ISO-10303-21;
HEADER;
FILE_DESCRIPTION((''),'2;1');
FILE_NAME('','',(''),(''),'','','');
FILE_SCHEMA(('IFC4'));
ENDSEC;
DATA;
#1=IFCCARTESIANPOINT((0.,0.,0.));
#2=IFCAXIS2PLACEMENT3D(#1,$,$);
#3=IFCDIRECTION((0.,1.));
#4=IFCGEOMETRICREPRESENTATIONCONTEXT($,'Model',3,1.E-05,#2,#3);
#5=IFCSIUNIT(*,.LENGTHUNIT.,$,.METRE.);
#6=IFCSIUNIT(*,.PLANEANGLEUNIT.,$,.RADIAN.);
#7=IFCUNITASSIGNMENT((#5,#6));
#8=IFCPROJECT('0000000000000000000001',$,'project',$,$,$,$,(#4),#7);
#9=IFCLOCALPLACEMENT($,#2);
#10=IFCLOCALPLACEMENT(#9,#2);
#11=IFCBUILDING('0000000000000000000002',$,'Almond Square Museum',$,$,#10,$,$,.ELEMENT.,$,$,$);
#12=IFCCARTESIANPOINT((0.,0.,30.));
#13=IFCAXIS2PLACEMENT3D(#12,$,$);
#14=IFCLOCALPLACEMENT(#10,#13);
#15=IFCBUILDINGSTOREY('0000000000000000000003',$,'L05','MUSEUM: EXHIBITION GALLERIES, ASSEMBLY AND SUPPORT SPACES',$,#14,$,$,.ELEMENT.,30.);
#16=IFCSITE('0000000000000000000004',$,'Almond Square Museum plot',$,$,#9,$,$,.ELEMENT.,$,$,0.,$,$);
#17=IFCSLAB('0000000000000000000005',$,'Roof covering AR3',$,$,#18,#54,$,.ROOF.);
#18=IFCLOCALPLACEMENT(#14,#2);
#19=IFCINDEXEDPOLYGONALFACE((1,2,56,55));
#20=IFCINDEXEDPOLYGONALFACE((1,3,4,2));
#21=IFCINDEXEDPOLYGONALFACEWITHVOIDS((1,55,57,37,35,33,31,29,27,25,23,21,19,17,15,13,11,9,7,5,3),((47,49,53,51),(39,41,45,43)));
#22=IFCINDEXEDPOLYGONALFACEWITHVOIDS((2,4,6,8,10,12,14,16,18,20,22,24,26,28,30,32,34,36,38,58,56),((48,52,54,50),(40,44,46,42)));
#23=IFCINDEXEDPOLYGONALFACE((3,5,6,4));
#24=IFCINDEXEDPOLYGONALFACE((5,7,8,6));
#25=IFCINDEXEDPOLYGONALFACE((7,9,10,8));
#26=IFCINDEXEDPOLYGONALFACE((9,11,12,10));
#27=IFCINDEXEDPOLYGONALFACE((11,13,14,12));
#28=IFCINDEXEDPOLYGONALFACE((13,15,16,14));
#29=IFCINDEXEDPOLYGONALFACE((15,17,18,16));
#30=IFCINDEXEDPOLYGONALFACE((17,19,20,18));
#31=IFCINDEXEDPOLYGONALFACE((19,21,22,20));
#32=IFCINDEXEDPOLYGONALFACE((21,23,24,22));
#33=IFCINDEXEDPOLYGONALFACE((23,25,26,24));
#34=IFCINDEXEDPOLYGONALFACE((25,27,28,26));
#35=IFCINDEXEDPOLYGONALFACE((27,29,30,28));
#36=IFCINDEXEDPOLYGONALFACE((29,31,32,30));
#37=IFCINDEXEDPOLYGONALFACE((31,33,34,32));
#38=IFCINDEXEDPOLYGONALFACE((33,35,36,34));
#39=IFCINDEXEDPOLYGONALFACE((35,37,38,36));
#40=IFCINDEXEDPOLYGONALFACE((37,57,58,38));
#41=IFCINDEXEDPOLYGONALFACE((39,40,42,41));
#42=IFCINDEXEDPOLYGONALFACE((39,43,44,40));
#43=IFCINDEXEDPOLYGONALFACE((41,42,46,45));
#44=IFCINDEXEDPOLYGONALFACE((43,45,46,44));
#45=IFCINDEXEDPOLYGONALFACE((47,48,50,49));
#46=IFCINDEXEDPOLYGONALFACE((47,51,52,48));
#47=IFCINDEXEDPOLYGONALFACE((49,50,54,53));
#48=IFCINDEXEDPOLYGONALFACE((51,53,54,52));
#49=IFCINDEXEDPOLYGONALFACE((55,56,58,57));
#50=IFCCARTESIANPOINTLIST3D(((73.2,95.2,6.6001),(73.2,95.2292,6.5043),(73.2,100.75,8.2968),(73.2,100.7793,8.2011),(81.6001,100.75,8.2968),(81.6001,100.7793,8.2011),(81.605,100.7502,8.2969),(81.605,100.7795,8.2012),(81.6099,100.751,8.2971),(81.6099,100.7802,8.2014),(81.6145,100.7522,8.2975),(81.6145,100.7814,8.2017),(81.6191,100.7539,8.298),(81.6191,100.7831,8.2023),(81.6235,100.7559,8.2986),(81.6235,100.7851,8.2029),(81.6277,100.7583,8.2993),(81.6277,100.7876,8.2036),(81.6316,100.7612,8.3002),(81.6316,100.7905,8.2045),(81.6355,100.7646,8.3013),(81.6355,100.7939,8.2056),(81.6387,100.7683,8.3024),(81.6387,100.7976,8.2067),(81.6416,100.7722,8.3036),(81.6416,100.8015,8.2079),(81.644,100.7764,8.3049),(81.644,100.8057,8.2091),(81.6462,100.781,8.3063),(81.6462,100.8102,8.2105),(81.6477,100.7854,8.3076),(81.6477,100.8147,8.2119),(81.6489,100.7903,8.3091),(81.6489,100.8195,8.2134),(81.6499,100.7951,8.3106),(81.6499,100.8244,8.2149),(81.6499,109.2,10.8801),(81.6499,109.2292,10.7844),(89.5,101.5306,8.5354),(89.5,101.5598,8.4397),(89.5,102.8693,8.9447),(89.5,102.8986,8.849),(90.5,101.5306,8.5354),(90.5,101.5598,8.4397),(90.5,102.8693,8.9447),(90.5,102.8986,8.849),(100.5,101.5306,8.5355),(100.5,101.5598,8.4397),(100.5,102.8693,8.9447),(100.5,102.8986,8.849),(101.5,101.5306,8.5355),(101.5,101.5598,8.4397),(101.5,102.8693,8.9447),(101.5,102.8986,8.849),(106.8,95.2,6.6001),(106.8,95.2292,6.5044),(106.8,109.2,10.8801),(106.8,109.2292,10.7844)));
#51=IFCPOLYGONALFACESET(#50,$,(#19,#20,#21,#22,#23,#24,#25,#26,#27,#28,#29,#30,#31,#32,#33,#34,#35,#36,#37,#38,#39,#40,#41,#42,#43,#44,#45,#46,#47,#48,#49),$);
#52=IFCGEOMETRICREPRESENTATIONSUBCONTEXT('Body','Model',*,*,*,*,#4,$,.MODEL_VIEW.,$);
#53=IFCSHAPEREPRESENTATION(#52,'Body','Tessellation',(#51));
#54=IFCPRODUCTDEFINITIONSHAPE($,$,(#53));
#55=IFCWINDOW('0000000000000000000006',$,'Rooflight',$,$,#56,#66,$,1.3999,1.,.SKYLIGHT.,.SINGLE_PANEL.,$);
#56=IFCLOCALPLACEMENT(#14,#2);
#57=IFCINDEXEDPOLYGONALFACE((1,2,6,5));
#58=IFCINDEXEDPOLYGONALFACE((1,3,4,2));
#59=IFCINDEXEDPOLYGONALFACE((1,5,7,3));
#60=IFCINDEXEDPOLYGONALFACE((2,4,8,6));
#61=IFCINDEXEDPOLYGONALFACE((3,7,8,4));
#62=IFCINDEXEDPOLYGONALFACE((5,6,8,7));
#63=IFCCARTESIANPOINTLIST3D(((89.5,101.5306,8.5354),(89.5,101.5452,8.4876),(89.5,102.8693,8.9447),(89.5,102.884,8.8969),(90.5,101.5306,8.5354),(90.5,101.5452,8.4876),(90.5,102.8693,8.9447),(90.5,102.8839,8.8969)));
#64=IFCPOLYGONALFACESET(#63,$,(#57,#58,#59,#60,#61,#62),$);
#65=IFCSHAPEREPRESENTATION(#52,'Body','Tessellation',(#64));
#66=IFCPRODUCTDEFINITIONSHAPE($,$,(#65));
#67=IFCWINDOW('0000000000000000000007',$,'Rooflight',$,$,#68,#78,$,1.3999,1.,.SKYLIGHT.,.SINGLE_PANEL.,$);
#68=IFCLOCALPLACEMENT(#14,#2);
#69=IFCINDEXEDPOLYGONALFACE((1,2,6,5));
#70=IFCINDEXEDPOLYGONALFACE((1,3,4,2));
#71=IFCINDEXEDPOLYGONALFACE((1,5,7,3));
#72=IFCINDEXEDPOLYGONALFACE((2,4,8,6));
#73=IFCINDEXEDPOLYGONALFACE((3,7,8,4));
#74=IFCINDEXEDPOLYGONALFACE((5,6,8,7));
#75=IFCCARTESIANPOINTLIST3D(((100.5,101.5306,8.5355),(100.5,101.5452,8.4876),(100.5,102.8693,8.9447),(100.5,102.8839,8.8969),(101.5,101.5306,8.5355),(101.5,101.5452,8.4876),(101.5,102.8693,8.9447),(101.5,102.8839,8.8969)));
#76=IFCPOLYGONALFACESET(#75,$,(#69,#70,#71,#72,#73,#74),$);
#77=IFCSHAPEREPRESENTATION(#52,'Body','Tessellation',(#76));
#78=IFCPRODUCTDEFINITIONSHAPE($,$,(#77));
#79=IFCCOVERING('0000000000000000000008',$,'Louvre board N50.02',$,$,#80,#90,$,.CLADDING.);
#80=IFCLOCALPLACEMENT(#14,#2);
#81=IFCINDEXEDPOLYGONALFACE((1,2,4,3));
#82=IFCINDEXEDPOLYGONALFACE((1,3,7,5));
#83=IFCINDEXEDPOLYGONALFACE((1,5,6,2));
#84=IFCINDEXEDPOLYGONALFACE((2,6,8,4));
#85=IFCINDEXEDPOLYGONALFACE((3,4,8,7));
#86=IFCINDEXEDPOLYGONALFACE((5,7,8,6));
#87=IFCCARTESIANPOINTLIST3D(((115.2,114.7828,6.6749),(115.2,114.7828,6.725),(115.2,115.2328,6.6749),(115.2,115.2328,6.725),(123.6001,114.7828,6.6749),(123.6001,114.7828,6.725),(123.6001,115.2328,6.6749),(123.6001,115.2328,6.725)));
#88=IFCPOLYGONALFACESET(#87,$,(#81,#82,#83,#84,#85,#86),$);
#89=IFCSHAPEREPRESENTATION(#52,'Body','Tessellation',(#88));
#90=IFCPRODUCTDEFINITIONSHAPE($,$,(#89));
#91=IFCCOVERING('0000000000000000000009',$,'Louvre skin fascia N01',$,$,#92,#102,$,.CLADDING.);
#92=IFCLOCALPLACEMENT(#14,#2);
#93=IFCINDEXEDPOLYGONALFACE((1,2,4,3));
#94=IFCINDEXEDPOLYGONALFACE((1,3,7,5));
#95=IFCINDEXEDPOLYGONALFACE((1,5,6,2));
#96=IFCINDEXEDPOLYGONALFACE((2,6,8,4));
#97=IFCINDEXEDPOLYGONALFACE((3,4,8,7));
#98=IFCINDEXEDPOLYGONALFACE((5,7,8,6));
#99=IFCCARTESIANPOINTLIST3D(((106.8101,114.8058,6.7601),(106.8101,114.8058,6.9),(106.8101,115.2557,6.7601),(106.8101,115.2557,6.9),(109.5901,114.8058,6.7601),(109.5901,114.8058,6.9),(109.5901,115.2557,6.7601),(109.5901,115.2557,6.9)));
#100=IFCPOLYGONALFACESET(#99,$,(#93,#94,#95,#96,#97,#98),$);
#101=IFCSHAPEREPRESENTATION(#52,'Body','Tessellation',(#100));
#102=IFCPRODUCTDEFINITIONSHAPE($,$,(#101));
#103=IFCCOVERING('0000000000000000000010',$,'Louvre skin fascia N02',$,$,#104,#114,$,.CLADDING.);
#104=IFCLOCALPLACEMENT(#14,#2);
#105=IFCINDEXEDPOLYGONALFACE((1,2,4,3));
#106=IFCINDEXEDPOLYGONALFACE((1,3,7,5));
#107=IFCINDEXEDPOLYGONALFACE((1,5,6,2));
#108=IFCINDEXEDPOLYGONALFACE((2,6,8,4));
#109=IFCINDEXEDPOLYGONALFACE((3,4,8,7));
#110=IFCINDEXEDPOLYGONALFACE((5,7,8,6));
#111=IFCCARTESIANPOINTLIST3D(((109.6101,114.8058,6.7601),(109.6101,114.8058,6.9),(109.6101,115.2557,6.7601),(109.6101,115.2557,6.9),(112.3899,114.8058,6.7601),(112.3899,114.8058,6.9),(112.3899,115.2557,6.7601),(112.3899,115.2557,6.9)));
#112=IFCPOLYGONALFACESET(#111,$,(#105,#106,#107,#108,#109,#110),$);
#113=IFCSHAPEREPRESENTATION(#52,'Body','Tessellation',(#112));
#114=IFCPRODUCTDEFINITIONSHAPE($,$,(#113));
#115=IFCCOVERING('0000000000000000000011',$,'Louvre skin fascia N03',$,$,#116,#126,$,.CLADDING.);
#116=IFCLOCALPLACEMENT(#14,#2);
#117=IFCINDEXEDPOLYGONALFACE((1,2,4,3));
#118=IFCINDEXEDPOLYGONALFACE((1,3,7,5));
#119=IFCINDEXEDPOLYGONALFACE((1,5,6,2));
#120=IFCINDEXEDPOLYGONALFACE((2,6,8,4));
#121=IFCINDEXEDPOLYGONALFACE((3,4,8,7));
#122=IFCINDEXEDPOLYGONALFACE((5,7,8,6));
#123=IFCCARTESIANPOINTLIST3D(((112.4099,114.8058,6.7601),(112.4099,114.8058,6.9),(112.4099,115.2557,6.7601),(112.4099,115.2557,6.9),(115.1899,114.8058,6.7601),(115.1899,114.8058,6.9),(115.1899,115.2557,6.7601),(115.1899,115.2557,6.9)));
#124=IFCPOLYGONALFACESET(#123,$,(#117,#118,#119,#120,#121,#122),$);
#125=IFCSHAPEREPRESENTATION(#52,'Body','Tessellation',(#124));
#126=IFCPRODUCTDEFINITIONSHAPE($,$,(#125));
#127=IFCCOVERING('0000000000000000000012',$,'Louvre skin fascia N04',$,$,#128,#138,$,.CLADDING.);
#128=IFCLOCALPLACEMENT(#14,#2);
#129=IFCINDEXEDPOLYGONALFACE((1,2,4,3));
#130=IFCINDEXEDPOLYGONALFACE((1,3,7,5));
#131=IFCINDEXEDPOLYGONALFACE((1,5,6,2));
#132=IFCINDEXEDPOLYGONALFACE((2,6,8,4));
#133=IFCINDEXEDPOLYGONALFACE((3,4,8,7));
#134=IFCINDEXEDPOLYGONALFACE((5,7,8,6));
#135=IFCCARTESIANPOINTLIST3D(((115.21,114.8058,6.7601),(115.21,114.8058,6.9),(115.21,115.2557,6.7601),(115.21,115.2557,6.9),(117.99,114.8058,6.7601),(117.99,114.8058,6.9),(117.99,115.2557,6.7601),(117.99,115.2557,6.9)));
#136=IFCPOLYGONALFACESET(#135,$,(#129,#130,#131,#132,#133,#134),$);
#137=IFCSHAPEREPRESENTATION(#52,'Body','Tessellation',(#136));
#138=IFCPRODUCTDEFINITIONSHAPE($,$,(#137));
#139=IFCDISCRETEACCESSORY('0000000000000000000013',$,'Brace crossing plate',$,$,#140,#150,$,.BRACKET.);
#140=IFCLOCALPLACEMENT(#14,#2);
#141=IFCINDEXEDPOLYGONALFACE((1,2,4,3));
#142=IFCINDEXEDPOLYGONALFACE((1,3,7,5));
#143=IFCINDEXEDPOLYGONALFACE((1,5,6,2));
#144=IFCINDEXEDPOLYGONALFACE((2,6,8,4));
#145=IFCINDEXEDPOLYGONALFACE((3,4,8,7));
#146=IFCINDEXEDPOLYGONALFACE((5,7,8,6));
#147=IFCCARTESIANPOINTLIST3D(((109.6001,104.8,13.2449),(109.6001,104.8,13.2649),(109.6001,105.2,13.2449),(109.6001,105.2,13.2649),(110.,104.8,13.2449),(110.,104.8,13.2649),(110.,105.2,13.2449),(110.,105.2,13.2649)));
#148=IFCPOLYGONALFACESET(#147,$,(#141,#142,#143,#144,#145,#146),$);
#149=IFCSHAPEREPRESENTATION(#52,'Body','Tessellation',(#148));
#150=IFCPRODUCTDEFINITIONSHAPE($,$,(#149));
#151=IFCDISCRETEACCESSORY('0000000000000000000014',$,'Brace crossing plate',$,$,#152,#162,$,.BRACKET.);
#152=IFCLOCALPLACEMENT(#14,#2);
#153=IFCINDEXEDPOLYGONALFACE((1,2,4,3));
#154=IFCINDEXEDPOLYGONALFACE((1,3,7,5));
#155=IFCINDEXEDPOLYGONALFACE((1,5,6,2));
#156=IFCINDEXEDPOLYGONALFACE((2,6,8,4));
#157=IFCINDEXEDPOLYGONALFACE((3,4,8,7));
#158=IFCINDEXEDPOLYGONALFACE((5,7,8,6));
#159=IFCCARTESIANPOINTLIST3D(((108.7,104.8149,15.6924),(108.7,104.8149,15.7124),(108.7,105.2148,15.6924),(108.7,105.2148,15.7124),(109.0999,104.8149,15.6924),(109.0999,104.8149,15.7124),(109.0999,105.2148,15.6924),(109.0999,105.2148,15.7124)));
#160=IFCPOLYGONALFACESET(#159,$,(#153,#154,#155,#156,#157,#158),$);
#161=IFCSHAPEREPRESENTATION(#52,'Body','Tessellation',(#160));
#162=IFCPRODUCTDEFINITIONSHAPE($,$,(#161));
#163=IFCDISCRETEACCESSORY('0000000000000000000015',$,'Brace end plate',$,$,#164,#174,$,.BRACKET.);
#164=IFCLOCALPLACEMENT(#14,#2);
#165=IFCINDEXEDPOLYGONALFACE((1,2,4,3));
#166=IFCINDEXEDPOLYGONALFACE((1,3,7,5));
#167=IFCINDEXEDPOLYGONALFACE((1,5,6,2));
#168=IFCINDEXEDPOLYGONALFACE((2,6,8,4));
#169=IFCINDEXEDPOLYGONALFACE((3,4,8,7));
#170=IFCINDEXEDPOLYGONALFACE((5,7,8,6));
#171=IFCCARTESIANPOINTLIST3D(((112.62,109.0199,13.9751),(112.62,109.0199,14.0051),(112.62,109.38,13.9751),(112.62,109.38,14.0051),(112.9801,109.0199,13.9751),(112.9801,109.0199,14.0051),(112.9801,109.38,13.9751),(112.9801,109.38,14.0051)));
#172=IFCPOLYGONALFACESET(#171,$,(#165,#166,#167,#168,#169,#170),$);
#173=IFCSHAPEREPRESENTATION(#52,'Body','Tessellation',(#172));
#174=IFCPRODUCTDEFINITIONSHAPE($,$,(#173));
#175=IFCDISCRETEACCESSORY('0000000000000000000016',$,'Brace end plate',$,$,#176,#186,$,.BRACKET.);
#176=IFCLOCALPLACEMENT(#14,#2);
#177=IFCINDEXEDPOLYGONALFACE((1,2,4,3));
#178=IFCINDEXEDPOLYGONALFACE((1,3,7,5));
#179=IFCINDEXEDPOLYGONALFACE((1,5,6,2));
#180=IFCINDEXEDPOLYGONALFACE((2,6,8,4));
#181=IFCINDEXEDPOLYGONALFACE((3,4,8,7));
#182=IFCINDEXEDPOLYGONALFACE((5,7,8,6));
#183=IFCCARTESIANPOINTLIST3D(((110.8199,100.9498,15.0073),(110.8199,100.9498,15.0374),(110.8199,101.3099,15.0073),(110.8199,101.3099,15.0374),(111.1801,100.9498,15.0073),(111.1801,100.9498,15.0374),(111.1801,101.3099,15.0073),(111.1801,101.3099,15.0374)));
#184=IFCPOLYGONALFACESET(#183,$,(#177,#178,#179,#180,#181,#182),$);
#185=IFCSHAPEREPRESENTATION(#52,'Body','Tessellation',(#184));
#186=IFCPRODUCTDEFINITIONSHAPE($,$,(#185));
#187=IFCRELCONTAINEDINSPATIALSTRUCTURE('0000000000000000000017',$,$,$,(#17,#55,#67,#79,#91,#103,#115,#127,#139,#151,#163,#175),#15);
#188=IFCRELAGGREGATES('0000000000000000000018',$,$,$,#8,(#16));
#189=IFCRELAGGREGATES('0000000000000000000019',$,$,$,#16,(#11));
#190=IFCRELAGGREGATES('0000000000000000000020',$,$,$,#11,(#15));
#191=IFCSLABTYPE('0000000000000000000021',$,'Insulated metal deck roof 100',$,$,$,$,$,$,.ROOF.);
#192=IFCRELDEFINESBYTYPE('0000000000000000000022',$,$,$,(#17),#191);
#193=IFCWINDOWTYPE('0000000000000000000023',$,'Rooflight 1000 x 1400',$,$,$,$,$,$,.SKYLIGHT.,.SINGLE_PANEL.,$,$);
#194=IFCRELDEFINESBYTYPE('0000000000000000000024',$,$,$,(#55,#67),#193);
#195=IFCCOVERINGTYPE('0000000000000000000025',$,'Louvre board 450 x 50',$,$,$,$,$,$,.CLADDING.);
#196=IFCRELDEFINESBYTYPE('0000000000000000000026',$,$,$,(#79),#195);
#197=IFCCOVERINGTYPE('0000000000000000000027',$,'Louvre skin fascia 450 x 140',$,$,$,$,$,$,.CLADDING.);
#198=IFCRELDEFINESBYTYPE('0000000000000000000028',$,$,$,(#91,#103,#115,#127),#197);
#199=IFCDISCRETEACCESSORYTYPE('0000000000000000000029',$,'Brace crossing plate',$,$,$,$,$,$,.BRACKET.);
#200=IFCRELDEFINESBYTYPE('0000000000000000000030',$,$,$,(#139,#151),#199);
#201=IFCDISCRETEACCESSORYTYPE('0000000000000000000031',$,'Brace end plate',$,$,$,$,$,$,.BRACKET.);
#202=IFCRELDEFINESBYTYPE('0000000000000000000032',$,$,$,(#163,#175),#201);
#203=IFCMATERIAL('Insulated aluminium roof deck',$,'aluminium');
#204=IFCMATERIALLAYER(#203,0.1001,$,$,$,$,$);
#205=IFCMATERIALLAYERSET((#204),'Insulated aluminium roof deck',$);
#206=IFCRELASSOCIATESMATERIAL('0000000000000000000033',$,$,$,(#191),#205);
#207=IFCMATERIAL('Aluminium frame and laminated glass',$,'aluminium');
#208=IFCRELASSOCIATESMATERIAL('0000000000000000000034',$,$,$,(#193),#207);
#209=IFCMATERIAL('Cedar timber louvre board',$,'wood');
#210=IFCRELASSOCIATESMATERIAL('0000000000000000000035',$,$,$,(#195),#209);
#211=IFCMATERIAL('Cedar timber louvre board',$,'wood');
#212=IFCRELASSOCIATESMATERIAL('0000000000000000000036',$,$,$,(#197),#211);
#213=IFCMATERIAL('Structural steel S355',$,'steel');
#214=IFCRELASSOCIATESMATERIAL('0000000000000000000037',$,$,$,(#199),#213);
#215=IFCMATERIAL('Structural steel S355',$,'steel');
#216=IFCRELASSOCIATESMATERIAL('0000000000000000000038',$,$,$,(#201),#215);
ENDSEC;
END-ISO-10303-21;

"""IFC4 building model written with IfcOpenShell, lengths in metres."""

from ifc_helpers import new_model, si_unit, direction, frame, origin, origin_2d, place, context, subcontext, project, spatial, polyline, rectangle, outline, extrude, material, layer, layer_set, material_profile, profile_set, type_object, element, fill, save


model = new_model("IFC4")

# Units and contexts
model_context = context("Model", 3, precision=1e-05, world=origin(), true_north=direction((0.0, 1.0)))
body_context = subcontext(model_context, "Body", "Model", "MODEL_VIEW")
ifc_project = project(units=[si_unit("LENGTHUNIT", "METRE"), si_unit("PLANEANGLEUNIT", "RADIAN")], contexts=[model_context])

# Site, building, storey
site_placement = place(None, origin())
site = spatial("IfcSite", under=ifc_project, at=site_placement, Name="Almond Square Museum plot", CompositionType="ELEMENT", RefElevation=0.0)
building_placement = place(site_placement, origin())
building = spatial("IfcBuilding", under=site, at=building_placement, Name="Almond Square Museum", CompositionType="ELEMENT")
storey_placement = place(building_placement, frame((0.0, 0.0, 30.0)))
storey = spatial("IfcBuildingStorey", under=building, at=storey_placement, Name="L05", Description="MUSEUM: EXHIBITION GALLERIES, ASSEMBLY AND SUPPORT SPACES", CompositionType="ELEMENT", Elevation=30.0)

# Slab, openings, windows
ifc_material_1 = material(Name="Insulated aluminium roof deck", Category="aluminium")
ifc_layer = layer(ifc_material_1, 0.1001)
ifc_layer_set = layer_set([ifc_layer], Name="Insulated aluminium roof deck")
slab_type = type_object("IfcSlabType", Name="Insulated metal deck roof 100", PredefinedType="ROOF", material=ifc_layer_set)
slab_placement = place(storey_placement, frame((106.8, 109.2, 10.8801), z_axis=(-0.000001, -0.29236, 0.956308), x_axis=(0.0, -0.956308, -0.29236)))
slab = element("IfcSlab", 1, at=slab_placement, inside=storey, type_object=slab_type, Name="Roof covering AR3", PredefinedType="ROOF", context=body_context, shape_type="SweptSolid", body=[
    extrude(outline(polyline([(0.0, 0.0), (14.6396, 0.0), (14.6396, -33.6001), (8.836, -33.6001), (8.836, -25.2), (8.8358, -25.1951), (8.835, -25.1902), (8.8338, -25.1855), (8.832, -25.1809), (8.8299, -25.1765), (8.8273, -25.1724), (8.8243, -25.1685), (8.8207, -25.1646), (8.8168, -25.1614), (8.8128, -25.1584), (8.8084, -25.156), (8.8036, -25.1538), (8.799, -25.1523), (8.7939, -25.1511), (8.7888, -25.1501), (8.7837, -25.1501), (0.0, -25.1501), (0.0, 0.0)])), origin(), (0.0, 0.0, -1.0), 0.1001),
])
opening_1_placement = place(slab_placement, frame((7.3198, -16.8, 0.01), z_axis=(0.0, 0.0, -1.0), x_axis=(0.000003, 1.0, 0.0)))
opening_1 = element("IfcOpeningElement", 2, at=opening_1_placement, cuts=slab, PredefinedType="OPENING", context=body_context, shape_type="SweptSolid", body=[
    extrude(rectangle(XDim=1.0, YDim=1.3999, at=origin_2d()), origin(), (0.0, 0.0, 1.0), 0.1201),
])
opening_2_placement = place(slab_placement, frame((7.3198, -5.8, 0.01), z_axis=(0.0, 0.0, -1.0), x_axis=(0.000003, 1.0, 0.0)))
opening_2 = element("IfcOpeningElement", 3, at=opening_2_placement, cuts=slab, PredefinedType="OPENING", context=body_context, shape_type="SweptSolid", body=[
    extrude(rectangle(XDim=1.0, YDim=1.3999, at=origin_2d()), origin(), (0.0, 0.0, 1.0), 0.1201),
])
ifc_material_2 = material(Name="Aluminium frame and laminated glass", Category="aluminium")
window_type = type_object("IfcWindowType", Name="Rooflight 1000 x 1400", PartitioningType="SINGLE_PANEL", PredefinedType="SKYLIGHT", material=ifc_material_2)
window_1_placement = place(opening_1_placement, frame((0.0, 0.0, 0.01)))
window_1 = element("IfcWindow", 4, at=window_1_placement, inside=storey, type_object=window_type, Name="Rooflight", OverallHeight=1.3999, OverallWidth=1.0, PartitioningType="SINGLE_PANEL", PredefinedType="SKYLIGHT", context=body_context, shape_type="SweptSolid", body=[
    extrude(rectangle(XDim=1.0, YDim=1.3999, at=origin_2d()), origin(), (0.0, 0.0, 1.0), 0.05),
])
fill(opening_1, window_1)
window_2_placement = place(opening_2_placement, frame((0.0, 0.0, 0.01)))
window_2 = element("IfcWindow", 5, at=window_2_placement, inside=storey, type_object=window_type, Name="Rooflight", OverallHeight=1.3999, OverallWidth=1.0, PartitioningType="SINGLE_PANEL", PredefinedType="SKYLIGHT", context=body_context, shape_type="SweptSolid", body=[
    extrude(rectangle(XDim=1.0, YDim=1.3999, at=origin_2d()), origin(), (0.0, 0.0, 1.0), 0.05),
])
fill(opening_2, window_2)

# Coverings
ifc_material_3 = material(Name="Cedar timber louvre board", Category="wood")
ifc_material_profile_1 = material_profile(ifc_material_3, rectangle(XDim=0.45, YDim=0.05, at=origin_2d()))
ifc_profile_set_1 = profile_set([ifc_material_profile_1], Name="Cedar timber louvre board")
covering_type_1 = type_object("IfcCoveringType", Name="Louvre board 450 x 50", PredefinedType="CLADDING", material=ifc_profile_set_1)
covering_1_placement = place(storey_placement, frame((115.2, 115.0078, 6.7), z_axis=(1.0, 0.0, 0.0), x_axis=(0.0, 1.0, 0.0)))
element("IfcCovering", 6, at=covering_1_placement, inside=storey, type_object=covering_type_1, Name="Louvre board N50.02", PredefinedType="CLADDING", context=body_context, shape_type="SweptSolid", body=[
    extrude(rectangle(XDim=0.45, YDim=0.05, at=origin_2d()), origin(), (0.0, 0.0, 1.0), 8.4001),
])
ifc_material_4 = material(Name="Cedar timber louvre board", Category="wood")
ifc_material_profile_2 = material_profile(ifc_material_4, rectangle(XDim=0.45, YDim=0.1399, at=origin_2d()))
ifc_profile_set_2 = profile_set([ifc_material_profile_2], Name="Cedar timber louvre board")
covering_type_2 = type_object("IfcCoveringType", Name="Louvre skin fascia 450 x 140", PredefinedType="CLADDING", material=ifc_profile_set_2)
covering_2_placement = place(storey_placement, frame((106.8101, 115.0308, 6.8301), z_axis=(1.0, 0.0, 0.0), x_axis=(0.0, 1.0, 0.0)))
element("IfcCovering", 7, at=covering_2_placement, inside=storey, type_object=covering_type_2, Name="Louvre skin fascia N01", PredefinedType="CLADDING", context=body_context, shape_type="SweptSolid", body=[
    extrude(rectangle(XDim=0.45, YDim=0.1399, at=origin_2d()), origin(), (0.0, 0.0, 1.0), 2.78),
])
covering_3_placement = place(storey_placement, frame((109.6101, 115.0308, 6.8301), z_axis=(1.0, 0.0, 0.0), x_axis=(0.0, 1.0, 0.0)))
element("IfcCovering", 8, at=covering_3_placement, inside=storey, type_object=covering_type_2, Name="Louvre skin fascia N02", PredefinedType="CLADDING", context=body_context, shape_type="SweptSolid", body=[
    extrude(rectangle(XDim=0.45, YDim=0.1399, at=origin_2d()), origin(), (0.0, 0.0, 1.0), 2.7798),
])
for number, where, z_axis, x_axis, name in (
    (9, (112.4099, 115.0308, 6.8301), (1.0, 0.0, 0.0), (0.0, 1.0, 0.0), "Louvre skin fascia N03"),
    (10, (115.21, 115.0308, 6.8301), (1.0, 0.0, 0.0), (0.0, 1.0, 0.0), "Louvre skin fascia N04"),
):
    element("IfcCovering", number, at=place(storey_placement, frame(where, z_axis=z_axis, x_axis=x_axis)), inside=storey, type_object=covering_type_2, Name=name, PredefinedType="CLADDING", context=body_context, shape_type="SweptSolid", body=[
        extrude(rectangle(XDim=0.45, YDim=0.1399, at=origin_2d()), origin(), (0.0, 0.0, 1.0), 2.78),
    ])

# Discrete accessories
ifc_material_5 = material(Name="Structural steel S355", Category="steel")
discrete_accessory_type_1 = type_object("IfcDiscreteAccessoryType", Name="Brace crossing plate", PredefinedType="BRACKET", material=ifc_material_5)
for number, where, z_axis, x_axis, name in (
    (11, (109.8, 105.0, 13.2449), (0.0, 0.0, 1.0), (1.0, 0.0, 0.0), "Brace crossing plate"),
    (12, (108.8999, 105.0149, 15.6924), (0.0, 0.0, 1.0), (1.0, 0.0, 0.0), "Brace crossing plate"),
):
    element("IfcDiscreteAccessory", number, at=place(storey_placement, frame(where, z_axis=z_axis, x_axis=x_axis)), inside=storey, type_object=discrete_accessory_type_1, Name=name, PredefinedType="BRACKET", context=body_context, shape_type="SweptSolid", body=[
        extrude(rectangle(XDim=0.3999, YDim=0.3999, at=origin_2d()), origin(), (0.0, 0.0, 1.0), 0.02),
    ])
ifc_material_6 = material(Name="Structural steel S355", Category="steel")
discrete_accessory_type_2 = type_object("IfcDiscreteAccessoryType", Name="Brace end plate", PredefinedType="BRACKET", material=ifc_material_6)
for number, where, z_axis, x_axis, name in (
    (13, (112.8, 109.2, 13.9751), (0.0, 0.0, 1.0), (1.0, 0.0, 0.0), "Brace end plate"),
    (14, (111.0, 101.1299, 15.0073), (0.0, 0.0, 1.0), (1.0, 0.0, 0.0), "Brace end plate"),
):
    element("IfcDiscreteAccessory", number, at=place(storey_placement, frame(where, z_axis=z_axis, x_axis=x_axis)), inside=storey, type_object=discrete_accessory_type_2, Name=name, PredefinedType="BRACKET", context=body_context, shape_type="SweptSolid", body=[
        extrude(rectangle(XDim=0.3601, YDim=0.3601, at=origin_2d()), origin(), (0.0, 0.0, 1.0), 0.03),
    ])

save(model, "model.ifc")
